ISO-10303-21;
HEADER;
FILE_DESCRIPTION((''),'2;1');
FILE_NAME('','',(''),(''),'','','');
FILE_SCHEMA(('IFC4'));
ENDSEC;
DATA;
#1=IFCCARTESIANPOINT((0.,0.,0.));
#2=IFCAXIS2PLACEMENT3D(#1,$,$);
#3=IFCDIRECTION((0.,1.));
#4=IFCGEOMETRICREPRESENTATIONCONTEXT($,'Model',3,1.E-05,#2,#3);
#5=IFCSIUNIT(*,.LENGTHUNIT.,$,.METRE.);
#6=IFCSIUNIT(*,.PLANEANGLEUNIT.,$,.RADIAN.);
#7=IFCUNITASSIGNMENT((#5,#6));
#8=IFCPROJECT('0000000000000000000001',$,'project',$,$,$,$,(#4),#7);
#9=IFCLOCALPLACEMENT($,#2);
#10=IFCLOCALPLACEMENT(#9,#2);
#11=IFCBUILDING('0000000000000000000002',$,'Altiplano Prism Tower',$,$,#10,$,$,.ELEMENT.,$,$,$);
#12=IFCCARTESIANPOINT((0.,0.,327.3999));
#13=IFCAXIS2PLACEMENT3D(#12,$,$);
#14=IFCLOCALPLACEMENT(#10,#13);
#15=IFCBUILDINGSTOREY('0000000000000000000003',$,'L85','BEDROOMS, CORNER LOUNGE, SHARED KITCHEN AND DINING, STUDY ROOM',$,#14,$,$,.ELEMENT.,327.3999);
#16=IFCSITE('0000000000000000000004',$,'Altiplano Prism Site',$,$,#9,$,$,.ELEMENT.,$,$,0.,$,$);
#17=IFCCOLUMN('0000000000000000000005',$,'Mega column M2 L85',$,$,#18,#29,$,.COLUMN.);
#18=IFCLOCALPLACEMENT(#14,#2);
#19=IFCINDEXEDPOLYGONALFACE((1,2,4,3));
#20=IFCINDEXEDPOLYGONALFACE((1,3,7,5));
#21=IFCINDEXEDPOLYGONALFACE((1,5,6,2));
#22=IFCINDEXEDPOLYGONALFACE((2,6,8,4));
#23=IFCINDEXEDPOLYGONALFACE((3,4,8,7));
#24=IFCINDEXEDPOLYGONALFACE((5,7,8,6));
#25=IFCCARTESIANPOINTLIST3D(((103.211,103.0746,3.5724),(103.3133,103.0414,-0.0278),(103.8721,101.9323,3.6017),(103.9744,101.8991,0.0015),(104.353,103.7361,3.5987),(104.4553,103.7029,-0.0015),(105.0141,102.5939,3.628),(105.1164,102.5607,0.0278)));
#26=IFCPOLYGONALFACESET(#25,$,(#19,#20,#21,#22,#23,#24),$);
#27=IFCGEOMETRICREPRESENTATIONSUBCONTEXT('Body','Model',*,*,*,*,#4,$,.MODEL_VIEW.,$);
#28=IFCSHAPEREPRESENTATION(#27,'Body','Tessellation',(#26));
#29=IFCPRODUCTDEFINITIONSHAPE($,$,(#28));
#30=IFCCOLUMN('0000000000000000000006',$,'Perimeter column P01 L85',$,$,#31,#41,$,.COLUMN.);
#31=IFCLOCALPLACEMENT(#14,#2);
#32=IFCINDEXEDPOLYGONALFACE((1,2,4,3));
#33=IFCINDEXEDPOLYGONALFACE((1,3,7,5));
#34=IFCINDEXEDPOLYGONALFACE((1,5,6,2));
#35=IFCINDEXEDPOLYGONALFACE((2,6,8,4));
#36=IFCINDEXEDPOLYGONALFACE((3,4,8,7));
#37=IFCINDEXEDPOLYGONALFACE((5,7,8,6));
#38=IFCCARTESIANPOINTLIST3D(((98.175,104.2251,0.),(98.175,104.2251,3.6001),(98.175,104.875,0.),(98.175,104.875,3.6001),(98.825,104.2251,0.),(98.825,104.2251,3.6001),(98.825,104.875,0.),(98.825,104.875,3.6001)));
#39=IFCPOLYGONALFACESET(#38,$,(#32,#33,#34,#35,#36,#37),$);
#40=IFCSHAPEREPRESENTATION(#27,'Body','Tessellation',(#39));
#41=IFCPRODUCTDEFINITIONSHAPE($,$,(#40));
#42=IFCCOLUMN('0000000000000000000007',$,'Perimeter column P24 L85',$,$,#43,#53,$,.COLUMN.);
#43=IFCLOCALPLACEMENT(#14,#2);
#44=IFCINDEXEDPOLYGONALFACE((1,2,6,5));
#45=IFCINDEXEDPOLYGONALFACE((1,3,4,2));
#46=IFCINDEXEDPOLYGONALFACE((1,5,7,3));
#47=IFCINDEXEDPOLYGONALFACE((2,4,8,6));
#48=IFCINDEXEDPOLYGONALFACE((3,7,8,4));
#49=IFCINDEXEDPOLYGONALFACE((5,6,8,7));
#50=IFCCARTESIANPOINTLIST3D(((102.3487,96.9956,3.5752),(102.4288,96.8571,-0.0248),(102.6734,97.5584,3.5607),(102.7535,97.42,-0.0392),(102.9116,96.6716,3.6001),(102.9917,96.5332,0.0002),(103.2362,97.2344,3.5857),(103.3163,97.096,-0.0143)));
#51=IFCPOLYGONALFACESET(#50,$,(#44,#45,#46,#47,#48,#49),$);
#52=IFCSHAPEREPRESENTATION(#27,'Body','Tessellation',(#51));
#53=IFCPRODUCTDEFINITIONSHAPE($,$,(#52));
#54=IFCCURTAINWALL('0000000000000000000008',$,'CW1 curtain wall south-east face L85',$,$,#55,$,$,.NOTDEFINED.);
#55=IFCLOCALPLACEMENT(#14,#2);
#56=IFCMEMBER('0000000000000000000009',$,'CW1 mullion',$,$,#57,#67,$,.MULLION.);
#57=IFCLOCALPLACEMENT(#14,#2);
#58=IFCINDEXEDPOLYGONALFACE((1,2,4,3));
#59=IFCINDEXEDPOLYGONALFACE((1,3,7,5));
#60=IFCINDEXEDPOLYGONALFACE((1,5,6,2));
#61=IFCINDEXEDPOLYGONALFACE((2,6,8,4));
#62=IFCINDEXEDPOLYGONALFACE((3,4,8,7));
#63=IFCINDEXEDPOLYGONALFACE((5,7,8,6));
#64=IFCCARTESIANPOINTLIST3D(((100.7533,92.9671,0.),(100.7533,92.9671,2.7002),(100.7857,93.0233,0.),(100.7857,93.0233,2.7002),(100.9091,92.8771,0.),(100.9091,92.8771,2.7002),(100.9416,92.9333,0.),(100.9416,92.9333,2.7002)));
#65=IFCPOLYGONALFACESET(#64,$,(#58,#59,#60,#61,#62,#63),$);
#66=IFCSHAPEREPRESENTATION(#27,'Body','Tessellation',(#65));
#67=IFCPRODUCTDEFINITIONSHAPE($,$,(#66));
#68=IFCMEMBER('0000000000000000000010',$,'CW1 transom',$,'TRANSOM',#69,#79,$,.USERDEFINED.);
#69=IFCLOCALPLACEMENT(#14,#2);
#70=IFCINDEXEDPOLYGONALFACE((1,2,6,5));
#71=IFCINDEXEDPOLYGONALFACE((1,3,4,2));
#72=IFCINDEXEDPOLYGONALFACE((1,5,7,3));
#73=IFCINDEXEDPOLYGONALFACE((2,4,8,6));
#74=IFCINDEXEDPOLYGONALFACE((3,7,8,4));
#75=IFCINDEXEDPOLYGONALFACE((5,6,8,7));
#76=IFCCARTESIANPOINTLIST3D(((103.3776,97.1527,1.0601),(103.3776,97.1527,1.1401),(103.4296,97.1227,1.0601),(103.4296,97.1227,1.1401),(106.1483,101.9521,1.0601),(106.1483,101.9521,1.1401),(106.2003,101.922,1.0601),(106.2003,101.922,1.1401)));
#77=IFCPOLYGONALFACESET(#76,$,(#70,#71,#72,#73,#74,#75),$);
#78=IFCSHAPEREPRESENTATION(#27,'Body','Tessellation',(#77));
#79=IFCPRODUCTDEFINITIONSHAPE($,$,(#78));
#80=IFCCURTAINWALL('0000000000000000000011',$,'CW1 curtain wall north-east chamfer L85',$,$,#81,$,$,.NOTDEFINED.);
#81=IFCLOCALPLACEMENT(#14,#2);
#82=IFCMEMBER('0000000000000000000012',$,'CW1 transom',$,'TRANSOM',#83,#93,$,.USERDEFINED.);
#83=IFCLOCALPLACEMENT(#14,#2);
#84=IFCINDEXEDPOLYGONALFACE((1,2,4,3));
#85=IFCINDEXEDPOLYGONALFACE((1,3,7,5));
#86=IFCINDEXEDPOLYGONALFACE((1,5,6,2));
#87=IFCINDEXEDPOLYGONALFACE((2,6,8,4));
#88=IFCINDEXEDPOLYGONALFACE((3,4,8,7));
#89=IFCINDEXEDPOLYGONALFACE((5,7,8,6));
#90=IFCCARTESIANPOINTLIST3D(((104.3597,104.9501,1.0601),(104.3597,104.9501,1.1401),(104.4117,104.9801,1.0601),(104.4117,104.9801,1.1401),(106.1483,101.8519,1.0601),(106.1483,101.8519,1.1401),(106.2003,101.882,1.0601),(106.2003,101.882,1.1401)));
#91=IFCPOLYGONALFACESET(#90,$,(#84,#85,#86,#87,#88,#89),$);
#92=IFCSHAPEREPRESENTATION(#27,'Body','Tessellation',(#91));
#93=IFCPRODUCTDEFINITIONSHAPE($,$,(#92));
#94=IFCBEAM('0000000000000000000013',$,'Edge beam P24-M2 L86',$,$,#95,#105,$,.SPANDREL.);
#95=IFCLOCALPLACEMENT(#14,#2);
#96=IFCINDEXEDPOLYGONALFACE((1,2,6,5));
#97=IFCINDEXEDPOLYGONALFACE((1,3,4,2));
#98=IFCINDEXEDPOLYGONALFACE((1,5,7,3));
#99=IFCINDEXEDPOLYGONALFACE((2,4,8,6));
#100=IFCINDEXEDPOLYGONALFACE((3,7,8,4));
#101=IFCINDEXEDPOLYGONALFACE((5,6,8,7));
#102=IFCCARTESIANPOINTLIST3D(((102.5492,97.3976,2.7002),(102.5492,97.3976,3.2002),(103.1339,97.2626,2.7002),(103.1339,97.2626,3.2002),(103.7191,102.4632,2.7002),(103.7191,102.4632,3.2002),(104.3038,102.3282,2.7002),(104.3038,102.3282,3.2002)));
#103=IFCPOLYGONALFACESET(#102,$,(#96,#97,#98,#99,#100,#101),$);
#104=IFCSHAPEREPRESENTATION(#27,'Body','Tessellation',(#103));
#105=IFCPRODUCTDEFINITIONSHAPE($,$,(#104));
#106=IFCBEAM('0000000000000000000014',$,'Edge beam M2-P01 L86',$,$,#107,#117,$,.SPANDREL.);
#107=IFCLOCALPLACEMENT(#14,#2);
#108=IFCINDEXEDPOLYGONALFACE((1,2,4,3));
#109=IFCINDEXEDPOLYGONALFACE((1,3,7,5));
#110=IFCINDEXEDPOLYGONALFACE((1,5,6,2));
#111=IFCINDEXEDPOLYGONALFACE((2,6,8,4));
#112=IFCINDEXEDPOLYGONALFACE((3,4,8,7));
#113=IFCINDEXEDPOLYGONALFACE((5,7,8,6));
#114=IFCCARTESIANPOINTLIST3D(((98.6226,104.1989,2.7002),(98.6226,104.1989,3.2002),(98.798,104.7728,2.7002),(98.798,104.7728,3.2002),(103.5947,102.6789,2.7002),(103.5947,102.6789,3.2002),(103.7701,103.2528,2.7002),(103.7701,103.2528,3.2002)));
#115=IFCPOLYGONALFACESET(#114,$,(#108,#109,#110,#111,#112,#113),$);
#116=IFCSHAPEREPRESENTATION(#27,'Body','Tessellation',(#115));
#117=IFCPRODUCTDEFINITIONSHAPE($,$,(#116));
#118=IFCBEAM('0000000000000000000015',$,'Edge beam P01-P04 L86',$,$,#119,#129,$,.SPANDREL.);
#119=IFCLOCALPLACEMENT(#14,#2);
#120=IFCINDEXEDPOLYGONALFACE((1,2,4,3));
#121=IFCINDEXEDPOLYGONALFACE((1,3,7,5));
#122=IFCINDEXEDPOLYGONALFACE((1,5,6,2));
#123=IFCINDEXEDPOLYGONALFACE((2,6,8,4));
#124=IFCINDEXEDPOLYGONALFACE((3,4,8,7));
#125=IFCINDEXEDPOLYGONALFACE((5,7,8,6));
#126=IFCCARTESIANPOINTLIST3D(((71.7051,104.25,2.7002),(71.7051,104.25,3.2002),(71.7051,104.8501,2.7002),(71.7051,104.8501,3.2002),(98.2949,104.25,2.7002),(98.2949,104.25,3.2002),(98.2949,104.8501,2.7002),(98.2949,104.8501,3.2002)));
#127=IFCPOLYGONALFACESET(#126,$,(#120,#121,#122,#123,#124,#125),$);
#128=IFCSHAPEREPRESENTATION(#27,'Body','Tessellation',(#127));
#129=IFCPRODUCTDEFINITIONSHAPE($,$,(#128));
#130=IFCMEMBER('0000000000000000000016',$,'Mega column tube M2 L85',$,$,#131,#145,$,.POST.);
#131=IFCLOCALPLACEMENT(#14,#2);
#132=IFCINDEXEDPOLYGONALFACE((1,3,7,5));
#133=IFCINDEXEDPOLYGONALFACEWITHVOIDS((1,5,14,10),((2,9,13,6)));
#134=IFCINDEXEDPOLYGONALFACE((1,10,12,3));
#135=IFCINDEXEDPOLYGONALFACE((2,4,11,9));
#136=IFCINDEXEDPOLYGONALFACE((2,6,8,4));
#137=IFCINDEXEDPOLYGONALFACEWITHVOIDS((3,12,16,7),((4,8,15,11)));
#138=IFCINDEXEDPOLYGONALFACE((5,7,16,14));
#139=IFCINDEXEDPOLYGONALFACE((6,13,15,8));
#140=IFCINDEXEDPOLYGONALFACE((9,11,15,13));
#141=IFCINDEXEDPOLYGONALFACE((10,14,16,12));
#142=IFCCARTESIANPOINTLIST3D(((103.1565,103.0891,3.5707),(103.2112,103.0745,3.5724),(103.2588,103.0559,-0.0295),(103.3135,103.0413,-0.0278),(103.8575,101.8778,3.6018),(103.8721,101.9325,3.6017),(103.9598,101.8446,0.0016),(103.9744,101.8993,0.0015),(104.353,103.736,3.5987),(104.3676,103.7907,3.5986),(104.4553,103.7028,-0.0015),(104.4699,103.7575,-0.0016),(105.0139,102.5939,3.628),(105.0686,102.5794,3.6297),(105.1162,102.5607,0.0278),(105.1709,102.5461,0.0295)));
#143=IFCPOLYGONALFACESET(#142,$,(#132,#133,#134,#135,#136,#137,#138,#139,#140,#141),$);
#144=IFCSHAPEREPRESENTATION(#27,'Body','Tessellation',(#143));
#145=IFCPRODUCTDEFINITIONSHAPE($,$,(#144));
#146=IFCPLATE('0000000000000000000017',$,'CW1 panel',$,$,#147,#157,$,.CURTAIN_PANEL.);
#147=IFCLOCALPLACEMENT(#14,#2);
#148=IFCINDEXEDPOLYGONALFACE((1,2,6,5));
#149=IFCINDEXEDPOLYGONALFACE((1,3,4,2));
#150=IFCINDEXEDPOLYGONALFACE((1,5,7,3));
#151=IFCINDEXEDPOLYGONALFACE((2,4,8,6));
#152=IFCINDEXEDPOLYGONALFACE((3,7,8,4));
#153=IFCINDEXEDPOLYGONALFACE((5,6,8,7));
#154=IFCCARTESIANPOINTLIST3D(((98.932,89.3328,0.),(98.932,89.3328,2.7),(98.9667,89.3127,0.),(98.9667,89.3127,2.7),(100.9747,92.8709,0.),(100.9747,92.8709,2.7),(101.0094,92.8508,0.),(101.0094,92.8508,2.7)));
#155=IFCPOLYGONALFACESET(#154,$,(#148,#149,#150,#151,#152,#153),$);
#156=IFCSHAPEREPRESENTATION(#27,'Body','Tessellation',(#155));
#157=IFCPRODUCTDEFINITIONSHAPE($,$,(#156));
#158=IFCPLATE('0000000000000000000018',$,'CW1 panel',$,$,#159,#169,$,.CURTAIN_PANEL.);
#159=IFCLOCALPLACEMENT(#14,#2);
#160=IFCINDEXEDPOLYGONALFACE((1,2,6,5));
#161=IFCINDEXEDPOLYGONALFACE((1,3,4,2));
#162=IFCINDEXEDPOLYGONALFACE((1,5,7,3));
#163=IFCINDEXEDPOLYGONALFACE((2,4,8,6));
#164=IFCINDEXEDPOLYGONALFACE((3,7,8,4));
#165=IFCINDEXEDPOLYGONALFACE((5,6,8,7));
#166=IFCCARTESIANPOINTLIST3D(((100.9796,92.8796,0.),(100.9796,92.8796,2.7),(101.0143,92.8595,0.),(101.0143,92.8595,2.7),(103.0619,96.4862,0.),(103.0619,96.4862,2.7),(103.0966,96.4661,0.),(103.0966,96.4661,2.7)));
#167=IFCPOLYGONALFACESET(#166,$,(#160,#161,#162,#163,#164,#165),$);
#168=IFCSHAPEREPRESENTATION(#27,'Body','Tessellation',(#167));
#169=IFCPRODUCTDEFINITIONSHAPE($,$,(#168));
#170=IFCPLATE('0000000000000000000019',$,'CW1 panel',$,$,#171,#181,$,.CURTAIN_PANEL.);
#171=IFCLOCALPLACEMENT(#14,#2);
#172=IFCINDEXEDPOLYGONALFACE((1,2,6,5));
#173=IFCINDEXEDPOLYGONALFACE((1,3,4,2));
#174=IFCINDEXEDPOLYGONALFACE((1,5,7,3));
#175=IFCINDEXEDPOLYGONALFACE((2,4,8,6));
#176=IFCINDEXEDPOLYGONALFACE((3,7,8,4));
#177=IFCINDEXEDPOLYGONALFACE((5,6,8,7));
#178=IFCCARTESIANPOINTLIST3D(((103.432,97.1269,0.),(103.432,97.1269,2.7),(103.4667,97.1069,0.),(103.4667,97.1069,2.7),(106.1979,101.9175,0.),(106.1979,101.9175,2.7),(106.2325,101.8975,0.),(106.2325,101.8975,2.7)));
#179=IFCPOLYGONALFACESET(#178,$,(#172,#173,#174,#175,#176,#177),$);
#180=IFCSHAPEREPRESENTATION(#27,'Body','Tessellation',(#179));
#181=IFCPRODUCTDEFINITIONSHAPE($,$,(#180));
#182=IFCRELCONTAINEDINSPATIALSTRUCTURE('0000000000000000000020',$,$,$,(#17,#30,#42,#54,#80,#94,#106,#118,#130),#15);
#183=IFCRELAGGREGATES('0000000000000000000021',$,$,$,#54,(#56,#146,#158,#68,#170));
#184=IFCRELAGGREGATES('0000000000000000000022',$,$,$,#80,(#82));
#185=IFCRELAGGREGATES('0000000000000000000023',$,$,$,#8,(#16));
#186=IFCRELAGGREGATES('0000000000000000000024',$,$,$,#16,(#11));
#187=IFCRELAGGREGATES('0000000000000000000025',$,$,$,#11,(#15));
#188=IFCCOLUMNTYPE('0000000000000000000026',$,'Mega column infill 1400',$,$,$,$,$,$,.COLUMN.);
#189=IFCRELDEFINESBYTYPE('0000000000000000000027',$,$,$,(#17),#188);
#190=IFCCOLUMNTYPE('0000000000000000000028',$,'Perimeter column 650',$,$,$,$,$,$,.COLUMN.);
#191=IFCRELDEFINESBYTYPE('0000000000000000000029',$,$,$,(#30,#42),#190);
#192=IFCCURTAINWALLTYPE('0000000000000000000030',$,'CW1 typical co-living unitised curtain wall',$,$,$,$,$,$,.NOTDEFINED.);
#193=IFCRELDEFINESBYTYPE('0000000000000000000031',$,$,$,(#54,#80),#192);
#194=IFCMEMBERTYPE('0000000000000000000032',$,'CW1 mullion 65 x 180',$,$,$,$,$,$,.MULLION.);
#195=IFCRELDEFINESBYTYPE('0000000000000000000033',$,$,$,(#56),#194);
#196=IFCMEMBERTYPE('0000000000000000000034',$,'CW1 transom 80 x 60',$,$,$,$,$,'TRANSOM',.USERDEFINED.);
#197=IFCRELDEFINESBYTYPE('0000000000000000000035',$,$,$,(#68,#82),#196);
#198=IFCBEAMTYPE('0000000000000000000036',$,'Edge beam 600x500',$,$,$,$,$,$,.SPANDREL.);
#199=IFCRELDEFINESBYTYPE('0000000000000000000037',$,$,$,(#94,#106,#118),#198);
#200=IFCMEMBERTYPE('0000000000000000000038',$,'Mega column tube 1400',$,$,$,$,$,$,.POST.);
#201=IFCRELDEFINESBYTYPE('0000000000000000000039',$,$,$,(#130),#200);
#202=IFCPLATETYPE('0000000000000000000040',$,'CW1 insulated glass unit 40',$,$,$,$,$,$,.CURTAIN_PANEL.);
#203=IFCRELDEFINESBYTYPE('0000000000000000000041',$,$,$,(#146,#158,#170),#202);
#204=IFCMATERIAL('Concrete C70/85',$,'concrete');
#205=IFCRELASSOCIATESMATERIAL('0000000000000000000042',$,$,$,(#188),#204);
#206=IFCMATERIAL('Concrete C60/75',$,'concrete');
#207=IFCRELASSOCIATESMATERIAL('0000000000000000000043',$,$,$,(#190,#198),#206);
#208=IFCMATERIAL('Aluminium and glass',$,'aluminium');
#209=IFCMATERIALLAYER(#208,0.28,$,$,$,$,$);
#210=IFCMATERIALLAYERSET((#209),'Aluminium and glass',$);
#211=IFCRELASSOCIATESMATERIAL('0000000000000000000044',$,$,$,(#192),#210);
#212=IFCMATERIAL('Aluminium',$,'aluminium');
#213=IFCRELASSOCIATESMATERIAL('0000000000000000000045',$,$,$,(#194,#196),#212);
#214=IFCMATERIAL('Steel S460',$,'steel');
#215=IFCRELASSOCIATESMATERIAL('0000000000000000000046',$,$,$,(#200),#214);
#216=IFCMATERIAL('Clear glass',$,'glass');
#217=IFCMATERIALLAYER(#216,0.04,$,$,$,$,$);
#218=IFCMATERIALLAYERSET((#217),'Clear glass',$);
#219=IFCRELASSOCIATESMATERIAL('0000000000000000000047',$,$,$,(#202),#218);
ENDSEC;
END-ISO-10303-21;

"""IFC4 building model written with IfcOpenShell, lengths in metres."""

from ifc_helpers import new_model, si_unit, direction, frame, origin, origin_2d, place, context, subcontext, project, spatial, rectangle, hollow_rectangle, extrude, material, layer, layer_set, material_profile, profile_set, type_object, element, aggregate, save


model = new_model("IFC4")

# Units and contexts
model_context = context("Model", 3, precision=1e-05, world=origin(), true_north=direction((0.0, 1.0)))
body_context = subcontext(model_context, "Body", "Model", "MODEL_VIEW")
ifc_project = project(units=[si_unit("LENGTHUNIT", "METRE"), si_unit("PLANEANGLEUNIT", "RADIAN")], contexts=[model_context])

# Site, building, storey
site_placement = place(None, origin())
site = spatial("IfcSite", under=ifc_project, at=site_placement, Name="Altiplano Prism Site", CompositionType="ELEMENT", RefElevation=0.0)
building_placement = place(site_placement, origin())
building = spatial("IfcBuilding", under=site, at=building_placement, Name="Altiplano Prism Tower", CompositionType="ELEMENT")
storey_placement = place(building_placement, frame((0.0, 0.0, 327.3999)))
storey = spatial("IfcBuildingStorey", under=building, at=storey_placement, Name="L85", Description="BEDROOMS, CORNER LOUNGE, SHARED KITCHEN AND DINING, STUDY ROOM", CompositionType="ELEMENT", Elevation=327.3999)

# Columns
ifc_material_1 = material(Name="Concrete C70/85", Category="concrete")
ifc_material_profile_1 = material_profile(ifc_material_1, rectangle(XDim=1.3201, YDim=1.3201, at=origin_2d()), Name="Mega column infill 1400")
ifc_profile_set_1 = profile_set([ifc_material_profile_1], Name="Concrete C70/85")
column_type_1 = type_object("IfcColumnType", Name="Mega column infill 1400", PredefinedType="COLUMN", material=ifc_profile_set_1)
column_1_placement = place(storey_placement, frame((104.2148, 102.801, 0.0), z_axis=(-0.028402, 0.009219, 0.999554), x_axis=(0.500757, -0.865303, 0.022209)))
element("IfcColumn", 1, at=column_1_placement, inside=storey, type_object=column_type_1, Name="Mega column M2 L85", PredefinedType="COLUMN", context=body_context, shape_type="SweptSolid", body=[
    extrude(rectangle(XDim=1.3201, YDim=1.3201, at=origin_2d()), origin(), (0.0, 0.0, 1.0), 3.6018),
])
ifc_material_2 = material(Name="Concrete C60/75", Category="concrete")
ifc_material_profile_2 = material_profile(ifc_material_2, rectangle(XDim=0.6499, YDim=0.6499, at=origin_2d()), Name="Perimeter column 650")
ifc_profile_set_2 = profile_set([ifc_material_profile_2], Name="Concrete C60/75")
column_type_2 = type_object("IfcColumnType", Name="Perimeter column 650", PredefinedType="COLUMN", material=ifc_profile_set_2)
column_2_placement = place(storey_placement, frame((98.5, 104.55, 0.0), z_axis=(0.0, 0.0, 1.0), x_axis=(1.0, 0.0, 0.0)))
element("IfcColumn", 2, at=column_2_placement, inside=storey, type_object=column_type_2, Name="Perimeter column P01 L85", PredefinedType="COLUMN", context=body_context, shape_type="SweptSolid", body=[
    extrude(rectangle(XDim=0.6499, YDim=0.6499, at=origin_2d()), origin(), (0.0, 0.0, 1.0), 3.6001),
])
column_3_placement = place(storey_placement, frame((102.8726, 96.9766, -0.0195), z_axis=(-0.022223, 0.038416, 0.999015), x_axis=(-0.499506, -0.866026, 0.022191)))
element("IfcColumn", 3, at=column_3_placement, inside=storey, type_object=column_type_2, Name="Perimeter column P24 L85", PredefinedType="COLUMN", context=body_context, shape_type="SweptSolid", body=[
    extrude(rectangle(XDim=0.6499, YDim=0.6499, at=origin_2d()), origin(), (0.0, 0.0, 1.0), 3.6035),
])

# Curtain wall, members
ifc_material_3 = material(Name="Aluminium and glass", Category="aluminium")
ifc_layer_1 = layer(ifc_material_3, 0.28)
ifc_layer_set_1 = layer_set([ifc_layer_1], Name="Aluminium and glass")
curtain_wall_type = type_object("IfcCurtainWallType", Name="CW1 typical co-living unitised curtain wall", PredefinedType="NOTDEFINED", material=ifc_layer_set_1)
curtain_wall_1_placement = place(storey_placement, origin())
curtain_wall_1 = element("IfcCurtainWall", 4, at=curtain_wall_1_placement, inside=storey, type_object=curtain_wall_type, Name="CW1 curtain wall south-east face L85", PredefinedType="NOTDEFINED")
ifc_material_4 = material(Name="Aluminium", Category="aluminium")
ifc_material_profile_3 = material_profile(ifc_material_4, rectangle(XDim=0.1799, YDim=0.0649, at=origin_2d()), Name="CW1 mullion 65 x 180")
ifc_profile_set_3 = profile_set([ifc_material_profile_3], Name="Aluminium")
member_type_1 = type_object("IfcMemberType", Name="CW1 mullion 65 x 180", PredefinedType="MULLION", material=ifc_profile_set_3)
member_1_placement = place(storey_placement, frame((100.8474, 92.9502, 0.0), z_axis=(0.0, 0.0, 1.0), x_axis=(-0.866025, 0.5, 0.0)))
member_1 = element("IfcMember", 5, at=member_1_placement, type_object=member_type_1, Name="CW1 mullion", PredefinedType="MULLION", context=body_context, shape_type="SweptSolid", body=[
    extrude(rectangle(XDim=0.1799, YDim=0.0649, at=origin_2d()), origin(), (0.0, 0.0, 1.0), 2.7002),
])
ifc_material_profile_4 = material_profile(ifc_material_4, rectangle(XDim=0.0601, YDim=0.0801, at=origin_2d()), Name="CW1 transom 80 x 60")
ifc_profile_set_4 = profile_set([ifc_material_profile_4], Name="Aluminium")
member_type_2 = type_object("IfcMemberType", Name="CW1 transom 80 x 60", ElementType="TRANSOM", PredefinedType="USERDEFINED", material=ifc_profile_set_4)
member_2_placement = place(storey_placement, frame((103.4036, 97.1377, 1.1001), z_axis=(0.499982, 0.866036, 0.0), x_axis=(-0.866036, 0.499982, 0.0)))
member_2 = element("IfcMember", 6, at=member_2_placement, type_object=member_type_2, Name="CW1 transom", ObjectType="TRANSOM", PredefinedType="USERDEFINED", context=body_context, shape_type="SweptSolid", body=[
    extrude(rectangle(XDim=0.0601, YDim=0.0801, at=origin_2d()), origin(), (0.0, 0.0, 1.0), 5.5417),
])

# Curtain wall, member
curtain_wall_2_placement = place(storey_placement, origin())
curtain_wall_2 = element("IfcCurtainWall", 7, at=curtain_wall_2_placement, inside=storey, type_object=curtain_wall_type, Name="CW1 curtain wall north-east chamfer L85", PredefinedType="NOTDEFINED")
member_3_placement = place(storey_placement, frame((106.1743, 101.8669, 1.1001), z_axis=(-0.499971, 0.866042, 0.0), x_axis=(-0.866042, -0.499971, 0.0)))
member_3 = element("IfcMember", 8, at=member_3_placement, type_object=member_type_2, Name="CW1 transom", ObjectType="TRANSOM", PredefinedType="USERDEFINED", context=body_context, shape_type="SweptSolid", body=[
    extrude(rectangle(XDim=0.0601, YDim=0.0801, at=origin_2d()), origin(), (0.0, 0.0, 1.0), 3.5774),
])

# Beams
ifc_material_profile_5 = material_profile(ifc_material_2, rectangle(XDim=0.6001, YDim=0.5, at=origin_2d()), Name="Edge beam 600x500")
ifc_profile_set_5 = profile_set([ifc_material_profile_5], Name="Concrete C60/75")
beam_type = type_object("IfcBeamType", Name="Edge beam 600x500", PredefinedType="SPANDREL", material=ifc_profile_set_5)
beam_1_placement = place(storey_placement, frame((102.8416, 97.3301, 2.9502), z_axis=(0.225028, 0.974352, 0.0), x_axis=(-0.974352, 0.225028, 0.0)))
element("IfcBeam", 9, at=beam_1_placement, inside=storey, type_object=beam_type, Name="Edge beam P24-M2 L86", PredefinedType="SPANDREL", context=body_context, shape_type="SweptSolid", body=[
    extrude(rectangle(XDim=0.6001, YDim=0.5, at=origin_2d()), origin(), (0.0, 0.0, 1.0), 5.199),
])
beam_2_placement = place(storey_placement, frame((103.6824, 102.9658, 2.9502), z_axis=(-0.956311, 0.29235, 0.0), x_axis=(-0.29235, -0.956311, 0.0)))
element("IfcBeam", 10, at=beam_2_placement, inside=storey, type_object=beam_type, Name="Edge beam M2-P01 L86", PredefinedType="SPANDREL", context=body_context, shape_type="SweptSolid", body=[
    extrude(rectangle(XDim=0.6001, YDim=0.5, at=origin_2d()), origin(), (0.0, 0.0, 1.0), 5.1992),
])
beam_3_placement = place(storey_placement, frame((98.2949, 104.55, 2.9502), z_axis=(-1.0, 0.0, 0.0), x_axis=(0.0, -1.0, 0.0)))
element("IfcBeam", 11, at=beam_3_placement, inside=storey, type_object=beam_type, Name="Edge beam P01-P04 L86", PredefinedType="SPANDREL", context=body_context, shape_type="SweptSolid", body=[
    extrude(rectangle(XDim=0.6001, YDim=0.5, at=origin_2d()), origin(), (0.0, 0.0, 1.0), 26.5898),
])

# Member
ifc_material_5 = material(Name="Steel S460", Category="steel")
ifc_material_profile_6 = material_profile(ifc_material_5, hollow_rectangle(XDim=1.3999, YDim=1.3999, WallThickness=0.04, at=origin_2d()), Name="Mega column tube 1400")
ifc_profile_set_6 = profile_set([ifc_material_profile_6], Name="Steel S460")
member_type_3 = type_object("IfcMemberType", Name="Mega column tube 1400", PredefinedType="POST", material=ifc_profile_set_6)
member_4_placement = place(storey_placement, frame((104.2148, 102.801, 0.0), z_axis=(-0.028402, 0.009219, 0.999554), x_axis=(0.500757, -0.865303, 0.022209)))
element("IfcMember", 12, at=member_4_placement, inside=storey, type_object=member_type_3, Name="Mega column tube M2 L85", PredefinedType="POST", context=body_context, shape_type="SweptSolid", body=[
    extrude(hollow_rectangle(XDim=1.3999, YDim=1.3999, WallThickness=0.04, at=origin_2d()), origin(), (0.0, 0.0, 1.0), 3.6018),
])

# Plates
ifc_material_6 = material(Name="Clear glass", Category="glass")
ifc_layer_2 = layer(ifc_material_6, 0.04)
ifc_layer_set_2 = layer_set([ifc_layer_2], Name="Clear glass")
plate_type = type_object("IfcPlateType", Name="CW1 insulated glass unit 40", PredefinedType="CURTAIN_PANEL", material=ifc_layer_set_2)
plate_1_placement = place(storey_placement, frame((99.9707, 91.0918, 0.0), z_axis=(0.0, 0.0, 1.0), x_axis=(0.5, 0.866025, 0.0)))
plate_1 = element("IfcPlate", 13, at=plate_1_placement, type_object=plate_type, Name="CW1 panel", PredefinedType="CURTAIN_PANEL", context=body_context, shape_type="SweptSolid", body=[
    extrude(rectangle(XDim=4.0854, YDim=0.04, at=origin_2d()), origin(), (0.0, 0.0, 1.0), 2.7),
])
plate_2_placement = place(storey_placement, frame((102.0381, 94.6729, 0.0), z_axis=(0.0, 0.0, 1.0), x_axis=(0.5, 0.866025, 0.0)))
plate_2 = element("IfcPlate", 14, at=plate_2_placement, type_object=plate_type, Name="CW1 panel", PredefinedType="CURTAIN_PANEL", context=body_context, shape_type="SweptSolid", body=[
    extrude(rectangle(XDim=4.1646, YDim=0.04, at=origin_2d()), origin(), (0.0, 0.0, 1.0), 2.7),
])
plate_3_placement = place(storey_placement, frame((104.8323, 99.5122, 0.0), z_axis=(0.0, 0.0, 1.0), x_axis=(0.5, 0.866025, 0.0)))
plate_3 = element("IfcPlate", 15, at=plate_3_placement, type_object=plate_type, Name="CW1 panel", PredefinedType="CURTAIN_PANEL", context=body_context, shape_type="SweptSolid", body=[
    extrude(rectangle(XDim=5.5317, YDim=0.04, at=origin_2d()), origin(), (0.0, 0.0, 1.0), 2.7),
])
aggregate(curtain_wall_1, [member_1, plate_1, plate_2, member_2, plate_3])
aggregate(curtain_wall_2, [member_3])

save(model, "model.ifc")
